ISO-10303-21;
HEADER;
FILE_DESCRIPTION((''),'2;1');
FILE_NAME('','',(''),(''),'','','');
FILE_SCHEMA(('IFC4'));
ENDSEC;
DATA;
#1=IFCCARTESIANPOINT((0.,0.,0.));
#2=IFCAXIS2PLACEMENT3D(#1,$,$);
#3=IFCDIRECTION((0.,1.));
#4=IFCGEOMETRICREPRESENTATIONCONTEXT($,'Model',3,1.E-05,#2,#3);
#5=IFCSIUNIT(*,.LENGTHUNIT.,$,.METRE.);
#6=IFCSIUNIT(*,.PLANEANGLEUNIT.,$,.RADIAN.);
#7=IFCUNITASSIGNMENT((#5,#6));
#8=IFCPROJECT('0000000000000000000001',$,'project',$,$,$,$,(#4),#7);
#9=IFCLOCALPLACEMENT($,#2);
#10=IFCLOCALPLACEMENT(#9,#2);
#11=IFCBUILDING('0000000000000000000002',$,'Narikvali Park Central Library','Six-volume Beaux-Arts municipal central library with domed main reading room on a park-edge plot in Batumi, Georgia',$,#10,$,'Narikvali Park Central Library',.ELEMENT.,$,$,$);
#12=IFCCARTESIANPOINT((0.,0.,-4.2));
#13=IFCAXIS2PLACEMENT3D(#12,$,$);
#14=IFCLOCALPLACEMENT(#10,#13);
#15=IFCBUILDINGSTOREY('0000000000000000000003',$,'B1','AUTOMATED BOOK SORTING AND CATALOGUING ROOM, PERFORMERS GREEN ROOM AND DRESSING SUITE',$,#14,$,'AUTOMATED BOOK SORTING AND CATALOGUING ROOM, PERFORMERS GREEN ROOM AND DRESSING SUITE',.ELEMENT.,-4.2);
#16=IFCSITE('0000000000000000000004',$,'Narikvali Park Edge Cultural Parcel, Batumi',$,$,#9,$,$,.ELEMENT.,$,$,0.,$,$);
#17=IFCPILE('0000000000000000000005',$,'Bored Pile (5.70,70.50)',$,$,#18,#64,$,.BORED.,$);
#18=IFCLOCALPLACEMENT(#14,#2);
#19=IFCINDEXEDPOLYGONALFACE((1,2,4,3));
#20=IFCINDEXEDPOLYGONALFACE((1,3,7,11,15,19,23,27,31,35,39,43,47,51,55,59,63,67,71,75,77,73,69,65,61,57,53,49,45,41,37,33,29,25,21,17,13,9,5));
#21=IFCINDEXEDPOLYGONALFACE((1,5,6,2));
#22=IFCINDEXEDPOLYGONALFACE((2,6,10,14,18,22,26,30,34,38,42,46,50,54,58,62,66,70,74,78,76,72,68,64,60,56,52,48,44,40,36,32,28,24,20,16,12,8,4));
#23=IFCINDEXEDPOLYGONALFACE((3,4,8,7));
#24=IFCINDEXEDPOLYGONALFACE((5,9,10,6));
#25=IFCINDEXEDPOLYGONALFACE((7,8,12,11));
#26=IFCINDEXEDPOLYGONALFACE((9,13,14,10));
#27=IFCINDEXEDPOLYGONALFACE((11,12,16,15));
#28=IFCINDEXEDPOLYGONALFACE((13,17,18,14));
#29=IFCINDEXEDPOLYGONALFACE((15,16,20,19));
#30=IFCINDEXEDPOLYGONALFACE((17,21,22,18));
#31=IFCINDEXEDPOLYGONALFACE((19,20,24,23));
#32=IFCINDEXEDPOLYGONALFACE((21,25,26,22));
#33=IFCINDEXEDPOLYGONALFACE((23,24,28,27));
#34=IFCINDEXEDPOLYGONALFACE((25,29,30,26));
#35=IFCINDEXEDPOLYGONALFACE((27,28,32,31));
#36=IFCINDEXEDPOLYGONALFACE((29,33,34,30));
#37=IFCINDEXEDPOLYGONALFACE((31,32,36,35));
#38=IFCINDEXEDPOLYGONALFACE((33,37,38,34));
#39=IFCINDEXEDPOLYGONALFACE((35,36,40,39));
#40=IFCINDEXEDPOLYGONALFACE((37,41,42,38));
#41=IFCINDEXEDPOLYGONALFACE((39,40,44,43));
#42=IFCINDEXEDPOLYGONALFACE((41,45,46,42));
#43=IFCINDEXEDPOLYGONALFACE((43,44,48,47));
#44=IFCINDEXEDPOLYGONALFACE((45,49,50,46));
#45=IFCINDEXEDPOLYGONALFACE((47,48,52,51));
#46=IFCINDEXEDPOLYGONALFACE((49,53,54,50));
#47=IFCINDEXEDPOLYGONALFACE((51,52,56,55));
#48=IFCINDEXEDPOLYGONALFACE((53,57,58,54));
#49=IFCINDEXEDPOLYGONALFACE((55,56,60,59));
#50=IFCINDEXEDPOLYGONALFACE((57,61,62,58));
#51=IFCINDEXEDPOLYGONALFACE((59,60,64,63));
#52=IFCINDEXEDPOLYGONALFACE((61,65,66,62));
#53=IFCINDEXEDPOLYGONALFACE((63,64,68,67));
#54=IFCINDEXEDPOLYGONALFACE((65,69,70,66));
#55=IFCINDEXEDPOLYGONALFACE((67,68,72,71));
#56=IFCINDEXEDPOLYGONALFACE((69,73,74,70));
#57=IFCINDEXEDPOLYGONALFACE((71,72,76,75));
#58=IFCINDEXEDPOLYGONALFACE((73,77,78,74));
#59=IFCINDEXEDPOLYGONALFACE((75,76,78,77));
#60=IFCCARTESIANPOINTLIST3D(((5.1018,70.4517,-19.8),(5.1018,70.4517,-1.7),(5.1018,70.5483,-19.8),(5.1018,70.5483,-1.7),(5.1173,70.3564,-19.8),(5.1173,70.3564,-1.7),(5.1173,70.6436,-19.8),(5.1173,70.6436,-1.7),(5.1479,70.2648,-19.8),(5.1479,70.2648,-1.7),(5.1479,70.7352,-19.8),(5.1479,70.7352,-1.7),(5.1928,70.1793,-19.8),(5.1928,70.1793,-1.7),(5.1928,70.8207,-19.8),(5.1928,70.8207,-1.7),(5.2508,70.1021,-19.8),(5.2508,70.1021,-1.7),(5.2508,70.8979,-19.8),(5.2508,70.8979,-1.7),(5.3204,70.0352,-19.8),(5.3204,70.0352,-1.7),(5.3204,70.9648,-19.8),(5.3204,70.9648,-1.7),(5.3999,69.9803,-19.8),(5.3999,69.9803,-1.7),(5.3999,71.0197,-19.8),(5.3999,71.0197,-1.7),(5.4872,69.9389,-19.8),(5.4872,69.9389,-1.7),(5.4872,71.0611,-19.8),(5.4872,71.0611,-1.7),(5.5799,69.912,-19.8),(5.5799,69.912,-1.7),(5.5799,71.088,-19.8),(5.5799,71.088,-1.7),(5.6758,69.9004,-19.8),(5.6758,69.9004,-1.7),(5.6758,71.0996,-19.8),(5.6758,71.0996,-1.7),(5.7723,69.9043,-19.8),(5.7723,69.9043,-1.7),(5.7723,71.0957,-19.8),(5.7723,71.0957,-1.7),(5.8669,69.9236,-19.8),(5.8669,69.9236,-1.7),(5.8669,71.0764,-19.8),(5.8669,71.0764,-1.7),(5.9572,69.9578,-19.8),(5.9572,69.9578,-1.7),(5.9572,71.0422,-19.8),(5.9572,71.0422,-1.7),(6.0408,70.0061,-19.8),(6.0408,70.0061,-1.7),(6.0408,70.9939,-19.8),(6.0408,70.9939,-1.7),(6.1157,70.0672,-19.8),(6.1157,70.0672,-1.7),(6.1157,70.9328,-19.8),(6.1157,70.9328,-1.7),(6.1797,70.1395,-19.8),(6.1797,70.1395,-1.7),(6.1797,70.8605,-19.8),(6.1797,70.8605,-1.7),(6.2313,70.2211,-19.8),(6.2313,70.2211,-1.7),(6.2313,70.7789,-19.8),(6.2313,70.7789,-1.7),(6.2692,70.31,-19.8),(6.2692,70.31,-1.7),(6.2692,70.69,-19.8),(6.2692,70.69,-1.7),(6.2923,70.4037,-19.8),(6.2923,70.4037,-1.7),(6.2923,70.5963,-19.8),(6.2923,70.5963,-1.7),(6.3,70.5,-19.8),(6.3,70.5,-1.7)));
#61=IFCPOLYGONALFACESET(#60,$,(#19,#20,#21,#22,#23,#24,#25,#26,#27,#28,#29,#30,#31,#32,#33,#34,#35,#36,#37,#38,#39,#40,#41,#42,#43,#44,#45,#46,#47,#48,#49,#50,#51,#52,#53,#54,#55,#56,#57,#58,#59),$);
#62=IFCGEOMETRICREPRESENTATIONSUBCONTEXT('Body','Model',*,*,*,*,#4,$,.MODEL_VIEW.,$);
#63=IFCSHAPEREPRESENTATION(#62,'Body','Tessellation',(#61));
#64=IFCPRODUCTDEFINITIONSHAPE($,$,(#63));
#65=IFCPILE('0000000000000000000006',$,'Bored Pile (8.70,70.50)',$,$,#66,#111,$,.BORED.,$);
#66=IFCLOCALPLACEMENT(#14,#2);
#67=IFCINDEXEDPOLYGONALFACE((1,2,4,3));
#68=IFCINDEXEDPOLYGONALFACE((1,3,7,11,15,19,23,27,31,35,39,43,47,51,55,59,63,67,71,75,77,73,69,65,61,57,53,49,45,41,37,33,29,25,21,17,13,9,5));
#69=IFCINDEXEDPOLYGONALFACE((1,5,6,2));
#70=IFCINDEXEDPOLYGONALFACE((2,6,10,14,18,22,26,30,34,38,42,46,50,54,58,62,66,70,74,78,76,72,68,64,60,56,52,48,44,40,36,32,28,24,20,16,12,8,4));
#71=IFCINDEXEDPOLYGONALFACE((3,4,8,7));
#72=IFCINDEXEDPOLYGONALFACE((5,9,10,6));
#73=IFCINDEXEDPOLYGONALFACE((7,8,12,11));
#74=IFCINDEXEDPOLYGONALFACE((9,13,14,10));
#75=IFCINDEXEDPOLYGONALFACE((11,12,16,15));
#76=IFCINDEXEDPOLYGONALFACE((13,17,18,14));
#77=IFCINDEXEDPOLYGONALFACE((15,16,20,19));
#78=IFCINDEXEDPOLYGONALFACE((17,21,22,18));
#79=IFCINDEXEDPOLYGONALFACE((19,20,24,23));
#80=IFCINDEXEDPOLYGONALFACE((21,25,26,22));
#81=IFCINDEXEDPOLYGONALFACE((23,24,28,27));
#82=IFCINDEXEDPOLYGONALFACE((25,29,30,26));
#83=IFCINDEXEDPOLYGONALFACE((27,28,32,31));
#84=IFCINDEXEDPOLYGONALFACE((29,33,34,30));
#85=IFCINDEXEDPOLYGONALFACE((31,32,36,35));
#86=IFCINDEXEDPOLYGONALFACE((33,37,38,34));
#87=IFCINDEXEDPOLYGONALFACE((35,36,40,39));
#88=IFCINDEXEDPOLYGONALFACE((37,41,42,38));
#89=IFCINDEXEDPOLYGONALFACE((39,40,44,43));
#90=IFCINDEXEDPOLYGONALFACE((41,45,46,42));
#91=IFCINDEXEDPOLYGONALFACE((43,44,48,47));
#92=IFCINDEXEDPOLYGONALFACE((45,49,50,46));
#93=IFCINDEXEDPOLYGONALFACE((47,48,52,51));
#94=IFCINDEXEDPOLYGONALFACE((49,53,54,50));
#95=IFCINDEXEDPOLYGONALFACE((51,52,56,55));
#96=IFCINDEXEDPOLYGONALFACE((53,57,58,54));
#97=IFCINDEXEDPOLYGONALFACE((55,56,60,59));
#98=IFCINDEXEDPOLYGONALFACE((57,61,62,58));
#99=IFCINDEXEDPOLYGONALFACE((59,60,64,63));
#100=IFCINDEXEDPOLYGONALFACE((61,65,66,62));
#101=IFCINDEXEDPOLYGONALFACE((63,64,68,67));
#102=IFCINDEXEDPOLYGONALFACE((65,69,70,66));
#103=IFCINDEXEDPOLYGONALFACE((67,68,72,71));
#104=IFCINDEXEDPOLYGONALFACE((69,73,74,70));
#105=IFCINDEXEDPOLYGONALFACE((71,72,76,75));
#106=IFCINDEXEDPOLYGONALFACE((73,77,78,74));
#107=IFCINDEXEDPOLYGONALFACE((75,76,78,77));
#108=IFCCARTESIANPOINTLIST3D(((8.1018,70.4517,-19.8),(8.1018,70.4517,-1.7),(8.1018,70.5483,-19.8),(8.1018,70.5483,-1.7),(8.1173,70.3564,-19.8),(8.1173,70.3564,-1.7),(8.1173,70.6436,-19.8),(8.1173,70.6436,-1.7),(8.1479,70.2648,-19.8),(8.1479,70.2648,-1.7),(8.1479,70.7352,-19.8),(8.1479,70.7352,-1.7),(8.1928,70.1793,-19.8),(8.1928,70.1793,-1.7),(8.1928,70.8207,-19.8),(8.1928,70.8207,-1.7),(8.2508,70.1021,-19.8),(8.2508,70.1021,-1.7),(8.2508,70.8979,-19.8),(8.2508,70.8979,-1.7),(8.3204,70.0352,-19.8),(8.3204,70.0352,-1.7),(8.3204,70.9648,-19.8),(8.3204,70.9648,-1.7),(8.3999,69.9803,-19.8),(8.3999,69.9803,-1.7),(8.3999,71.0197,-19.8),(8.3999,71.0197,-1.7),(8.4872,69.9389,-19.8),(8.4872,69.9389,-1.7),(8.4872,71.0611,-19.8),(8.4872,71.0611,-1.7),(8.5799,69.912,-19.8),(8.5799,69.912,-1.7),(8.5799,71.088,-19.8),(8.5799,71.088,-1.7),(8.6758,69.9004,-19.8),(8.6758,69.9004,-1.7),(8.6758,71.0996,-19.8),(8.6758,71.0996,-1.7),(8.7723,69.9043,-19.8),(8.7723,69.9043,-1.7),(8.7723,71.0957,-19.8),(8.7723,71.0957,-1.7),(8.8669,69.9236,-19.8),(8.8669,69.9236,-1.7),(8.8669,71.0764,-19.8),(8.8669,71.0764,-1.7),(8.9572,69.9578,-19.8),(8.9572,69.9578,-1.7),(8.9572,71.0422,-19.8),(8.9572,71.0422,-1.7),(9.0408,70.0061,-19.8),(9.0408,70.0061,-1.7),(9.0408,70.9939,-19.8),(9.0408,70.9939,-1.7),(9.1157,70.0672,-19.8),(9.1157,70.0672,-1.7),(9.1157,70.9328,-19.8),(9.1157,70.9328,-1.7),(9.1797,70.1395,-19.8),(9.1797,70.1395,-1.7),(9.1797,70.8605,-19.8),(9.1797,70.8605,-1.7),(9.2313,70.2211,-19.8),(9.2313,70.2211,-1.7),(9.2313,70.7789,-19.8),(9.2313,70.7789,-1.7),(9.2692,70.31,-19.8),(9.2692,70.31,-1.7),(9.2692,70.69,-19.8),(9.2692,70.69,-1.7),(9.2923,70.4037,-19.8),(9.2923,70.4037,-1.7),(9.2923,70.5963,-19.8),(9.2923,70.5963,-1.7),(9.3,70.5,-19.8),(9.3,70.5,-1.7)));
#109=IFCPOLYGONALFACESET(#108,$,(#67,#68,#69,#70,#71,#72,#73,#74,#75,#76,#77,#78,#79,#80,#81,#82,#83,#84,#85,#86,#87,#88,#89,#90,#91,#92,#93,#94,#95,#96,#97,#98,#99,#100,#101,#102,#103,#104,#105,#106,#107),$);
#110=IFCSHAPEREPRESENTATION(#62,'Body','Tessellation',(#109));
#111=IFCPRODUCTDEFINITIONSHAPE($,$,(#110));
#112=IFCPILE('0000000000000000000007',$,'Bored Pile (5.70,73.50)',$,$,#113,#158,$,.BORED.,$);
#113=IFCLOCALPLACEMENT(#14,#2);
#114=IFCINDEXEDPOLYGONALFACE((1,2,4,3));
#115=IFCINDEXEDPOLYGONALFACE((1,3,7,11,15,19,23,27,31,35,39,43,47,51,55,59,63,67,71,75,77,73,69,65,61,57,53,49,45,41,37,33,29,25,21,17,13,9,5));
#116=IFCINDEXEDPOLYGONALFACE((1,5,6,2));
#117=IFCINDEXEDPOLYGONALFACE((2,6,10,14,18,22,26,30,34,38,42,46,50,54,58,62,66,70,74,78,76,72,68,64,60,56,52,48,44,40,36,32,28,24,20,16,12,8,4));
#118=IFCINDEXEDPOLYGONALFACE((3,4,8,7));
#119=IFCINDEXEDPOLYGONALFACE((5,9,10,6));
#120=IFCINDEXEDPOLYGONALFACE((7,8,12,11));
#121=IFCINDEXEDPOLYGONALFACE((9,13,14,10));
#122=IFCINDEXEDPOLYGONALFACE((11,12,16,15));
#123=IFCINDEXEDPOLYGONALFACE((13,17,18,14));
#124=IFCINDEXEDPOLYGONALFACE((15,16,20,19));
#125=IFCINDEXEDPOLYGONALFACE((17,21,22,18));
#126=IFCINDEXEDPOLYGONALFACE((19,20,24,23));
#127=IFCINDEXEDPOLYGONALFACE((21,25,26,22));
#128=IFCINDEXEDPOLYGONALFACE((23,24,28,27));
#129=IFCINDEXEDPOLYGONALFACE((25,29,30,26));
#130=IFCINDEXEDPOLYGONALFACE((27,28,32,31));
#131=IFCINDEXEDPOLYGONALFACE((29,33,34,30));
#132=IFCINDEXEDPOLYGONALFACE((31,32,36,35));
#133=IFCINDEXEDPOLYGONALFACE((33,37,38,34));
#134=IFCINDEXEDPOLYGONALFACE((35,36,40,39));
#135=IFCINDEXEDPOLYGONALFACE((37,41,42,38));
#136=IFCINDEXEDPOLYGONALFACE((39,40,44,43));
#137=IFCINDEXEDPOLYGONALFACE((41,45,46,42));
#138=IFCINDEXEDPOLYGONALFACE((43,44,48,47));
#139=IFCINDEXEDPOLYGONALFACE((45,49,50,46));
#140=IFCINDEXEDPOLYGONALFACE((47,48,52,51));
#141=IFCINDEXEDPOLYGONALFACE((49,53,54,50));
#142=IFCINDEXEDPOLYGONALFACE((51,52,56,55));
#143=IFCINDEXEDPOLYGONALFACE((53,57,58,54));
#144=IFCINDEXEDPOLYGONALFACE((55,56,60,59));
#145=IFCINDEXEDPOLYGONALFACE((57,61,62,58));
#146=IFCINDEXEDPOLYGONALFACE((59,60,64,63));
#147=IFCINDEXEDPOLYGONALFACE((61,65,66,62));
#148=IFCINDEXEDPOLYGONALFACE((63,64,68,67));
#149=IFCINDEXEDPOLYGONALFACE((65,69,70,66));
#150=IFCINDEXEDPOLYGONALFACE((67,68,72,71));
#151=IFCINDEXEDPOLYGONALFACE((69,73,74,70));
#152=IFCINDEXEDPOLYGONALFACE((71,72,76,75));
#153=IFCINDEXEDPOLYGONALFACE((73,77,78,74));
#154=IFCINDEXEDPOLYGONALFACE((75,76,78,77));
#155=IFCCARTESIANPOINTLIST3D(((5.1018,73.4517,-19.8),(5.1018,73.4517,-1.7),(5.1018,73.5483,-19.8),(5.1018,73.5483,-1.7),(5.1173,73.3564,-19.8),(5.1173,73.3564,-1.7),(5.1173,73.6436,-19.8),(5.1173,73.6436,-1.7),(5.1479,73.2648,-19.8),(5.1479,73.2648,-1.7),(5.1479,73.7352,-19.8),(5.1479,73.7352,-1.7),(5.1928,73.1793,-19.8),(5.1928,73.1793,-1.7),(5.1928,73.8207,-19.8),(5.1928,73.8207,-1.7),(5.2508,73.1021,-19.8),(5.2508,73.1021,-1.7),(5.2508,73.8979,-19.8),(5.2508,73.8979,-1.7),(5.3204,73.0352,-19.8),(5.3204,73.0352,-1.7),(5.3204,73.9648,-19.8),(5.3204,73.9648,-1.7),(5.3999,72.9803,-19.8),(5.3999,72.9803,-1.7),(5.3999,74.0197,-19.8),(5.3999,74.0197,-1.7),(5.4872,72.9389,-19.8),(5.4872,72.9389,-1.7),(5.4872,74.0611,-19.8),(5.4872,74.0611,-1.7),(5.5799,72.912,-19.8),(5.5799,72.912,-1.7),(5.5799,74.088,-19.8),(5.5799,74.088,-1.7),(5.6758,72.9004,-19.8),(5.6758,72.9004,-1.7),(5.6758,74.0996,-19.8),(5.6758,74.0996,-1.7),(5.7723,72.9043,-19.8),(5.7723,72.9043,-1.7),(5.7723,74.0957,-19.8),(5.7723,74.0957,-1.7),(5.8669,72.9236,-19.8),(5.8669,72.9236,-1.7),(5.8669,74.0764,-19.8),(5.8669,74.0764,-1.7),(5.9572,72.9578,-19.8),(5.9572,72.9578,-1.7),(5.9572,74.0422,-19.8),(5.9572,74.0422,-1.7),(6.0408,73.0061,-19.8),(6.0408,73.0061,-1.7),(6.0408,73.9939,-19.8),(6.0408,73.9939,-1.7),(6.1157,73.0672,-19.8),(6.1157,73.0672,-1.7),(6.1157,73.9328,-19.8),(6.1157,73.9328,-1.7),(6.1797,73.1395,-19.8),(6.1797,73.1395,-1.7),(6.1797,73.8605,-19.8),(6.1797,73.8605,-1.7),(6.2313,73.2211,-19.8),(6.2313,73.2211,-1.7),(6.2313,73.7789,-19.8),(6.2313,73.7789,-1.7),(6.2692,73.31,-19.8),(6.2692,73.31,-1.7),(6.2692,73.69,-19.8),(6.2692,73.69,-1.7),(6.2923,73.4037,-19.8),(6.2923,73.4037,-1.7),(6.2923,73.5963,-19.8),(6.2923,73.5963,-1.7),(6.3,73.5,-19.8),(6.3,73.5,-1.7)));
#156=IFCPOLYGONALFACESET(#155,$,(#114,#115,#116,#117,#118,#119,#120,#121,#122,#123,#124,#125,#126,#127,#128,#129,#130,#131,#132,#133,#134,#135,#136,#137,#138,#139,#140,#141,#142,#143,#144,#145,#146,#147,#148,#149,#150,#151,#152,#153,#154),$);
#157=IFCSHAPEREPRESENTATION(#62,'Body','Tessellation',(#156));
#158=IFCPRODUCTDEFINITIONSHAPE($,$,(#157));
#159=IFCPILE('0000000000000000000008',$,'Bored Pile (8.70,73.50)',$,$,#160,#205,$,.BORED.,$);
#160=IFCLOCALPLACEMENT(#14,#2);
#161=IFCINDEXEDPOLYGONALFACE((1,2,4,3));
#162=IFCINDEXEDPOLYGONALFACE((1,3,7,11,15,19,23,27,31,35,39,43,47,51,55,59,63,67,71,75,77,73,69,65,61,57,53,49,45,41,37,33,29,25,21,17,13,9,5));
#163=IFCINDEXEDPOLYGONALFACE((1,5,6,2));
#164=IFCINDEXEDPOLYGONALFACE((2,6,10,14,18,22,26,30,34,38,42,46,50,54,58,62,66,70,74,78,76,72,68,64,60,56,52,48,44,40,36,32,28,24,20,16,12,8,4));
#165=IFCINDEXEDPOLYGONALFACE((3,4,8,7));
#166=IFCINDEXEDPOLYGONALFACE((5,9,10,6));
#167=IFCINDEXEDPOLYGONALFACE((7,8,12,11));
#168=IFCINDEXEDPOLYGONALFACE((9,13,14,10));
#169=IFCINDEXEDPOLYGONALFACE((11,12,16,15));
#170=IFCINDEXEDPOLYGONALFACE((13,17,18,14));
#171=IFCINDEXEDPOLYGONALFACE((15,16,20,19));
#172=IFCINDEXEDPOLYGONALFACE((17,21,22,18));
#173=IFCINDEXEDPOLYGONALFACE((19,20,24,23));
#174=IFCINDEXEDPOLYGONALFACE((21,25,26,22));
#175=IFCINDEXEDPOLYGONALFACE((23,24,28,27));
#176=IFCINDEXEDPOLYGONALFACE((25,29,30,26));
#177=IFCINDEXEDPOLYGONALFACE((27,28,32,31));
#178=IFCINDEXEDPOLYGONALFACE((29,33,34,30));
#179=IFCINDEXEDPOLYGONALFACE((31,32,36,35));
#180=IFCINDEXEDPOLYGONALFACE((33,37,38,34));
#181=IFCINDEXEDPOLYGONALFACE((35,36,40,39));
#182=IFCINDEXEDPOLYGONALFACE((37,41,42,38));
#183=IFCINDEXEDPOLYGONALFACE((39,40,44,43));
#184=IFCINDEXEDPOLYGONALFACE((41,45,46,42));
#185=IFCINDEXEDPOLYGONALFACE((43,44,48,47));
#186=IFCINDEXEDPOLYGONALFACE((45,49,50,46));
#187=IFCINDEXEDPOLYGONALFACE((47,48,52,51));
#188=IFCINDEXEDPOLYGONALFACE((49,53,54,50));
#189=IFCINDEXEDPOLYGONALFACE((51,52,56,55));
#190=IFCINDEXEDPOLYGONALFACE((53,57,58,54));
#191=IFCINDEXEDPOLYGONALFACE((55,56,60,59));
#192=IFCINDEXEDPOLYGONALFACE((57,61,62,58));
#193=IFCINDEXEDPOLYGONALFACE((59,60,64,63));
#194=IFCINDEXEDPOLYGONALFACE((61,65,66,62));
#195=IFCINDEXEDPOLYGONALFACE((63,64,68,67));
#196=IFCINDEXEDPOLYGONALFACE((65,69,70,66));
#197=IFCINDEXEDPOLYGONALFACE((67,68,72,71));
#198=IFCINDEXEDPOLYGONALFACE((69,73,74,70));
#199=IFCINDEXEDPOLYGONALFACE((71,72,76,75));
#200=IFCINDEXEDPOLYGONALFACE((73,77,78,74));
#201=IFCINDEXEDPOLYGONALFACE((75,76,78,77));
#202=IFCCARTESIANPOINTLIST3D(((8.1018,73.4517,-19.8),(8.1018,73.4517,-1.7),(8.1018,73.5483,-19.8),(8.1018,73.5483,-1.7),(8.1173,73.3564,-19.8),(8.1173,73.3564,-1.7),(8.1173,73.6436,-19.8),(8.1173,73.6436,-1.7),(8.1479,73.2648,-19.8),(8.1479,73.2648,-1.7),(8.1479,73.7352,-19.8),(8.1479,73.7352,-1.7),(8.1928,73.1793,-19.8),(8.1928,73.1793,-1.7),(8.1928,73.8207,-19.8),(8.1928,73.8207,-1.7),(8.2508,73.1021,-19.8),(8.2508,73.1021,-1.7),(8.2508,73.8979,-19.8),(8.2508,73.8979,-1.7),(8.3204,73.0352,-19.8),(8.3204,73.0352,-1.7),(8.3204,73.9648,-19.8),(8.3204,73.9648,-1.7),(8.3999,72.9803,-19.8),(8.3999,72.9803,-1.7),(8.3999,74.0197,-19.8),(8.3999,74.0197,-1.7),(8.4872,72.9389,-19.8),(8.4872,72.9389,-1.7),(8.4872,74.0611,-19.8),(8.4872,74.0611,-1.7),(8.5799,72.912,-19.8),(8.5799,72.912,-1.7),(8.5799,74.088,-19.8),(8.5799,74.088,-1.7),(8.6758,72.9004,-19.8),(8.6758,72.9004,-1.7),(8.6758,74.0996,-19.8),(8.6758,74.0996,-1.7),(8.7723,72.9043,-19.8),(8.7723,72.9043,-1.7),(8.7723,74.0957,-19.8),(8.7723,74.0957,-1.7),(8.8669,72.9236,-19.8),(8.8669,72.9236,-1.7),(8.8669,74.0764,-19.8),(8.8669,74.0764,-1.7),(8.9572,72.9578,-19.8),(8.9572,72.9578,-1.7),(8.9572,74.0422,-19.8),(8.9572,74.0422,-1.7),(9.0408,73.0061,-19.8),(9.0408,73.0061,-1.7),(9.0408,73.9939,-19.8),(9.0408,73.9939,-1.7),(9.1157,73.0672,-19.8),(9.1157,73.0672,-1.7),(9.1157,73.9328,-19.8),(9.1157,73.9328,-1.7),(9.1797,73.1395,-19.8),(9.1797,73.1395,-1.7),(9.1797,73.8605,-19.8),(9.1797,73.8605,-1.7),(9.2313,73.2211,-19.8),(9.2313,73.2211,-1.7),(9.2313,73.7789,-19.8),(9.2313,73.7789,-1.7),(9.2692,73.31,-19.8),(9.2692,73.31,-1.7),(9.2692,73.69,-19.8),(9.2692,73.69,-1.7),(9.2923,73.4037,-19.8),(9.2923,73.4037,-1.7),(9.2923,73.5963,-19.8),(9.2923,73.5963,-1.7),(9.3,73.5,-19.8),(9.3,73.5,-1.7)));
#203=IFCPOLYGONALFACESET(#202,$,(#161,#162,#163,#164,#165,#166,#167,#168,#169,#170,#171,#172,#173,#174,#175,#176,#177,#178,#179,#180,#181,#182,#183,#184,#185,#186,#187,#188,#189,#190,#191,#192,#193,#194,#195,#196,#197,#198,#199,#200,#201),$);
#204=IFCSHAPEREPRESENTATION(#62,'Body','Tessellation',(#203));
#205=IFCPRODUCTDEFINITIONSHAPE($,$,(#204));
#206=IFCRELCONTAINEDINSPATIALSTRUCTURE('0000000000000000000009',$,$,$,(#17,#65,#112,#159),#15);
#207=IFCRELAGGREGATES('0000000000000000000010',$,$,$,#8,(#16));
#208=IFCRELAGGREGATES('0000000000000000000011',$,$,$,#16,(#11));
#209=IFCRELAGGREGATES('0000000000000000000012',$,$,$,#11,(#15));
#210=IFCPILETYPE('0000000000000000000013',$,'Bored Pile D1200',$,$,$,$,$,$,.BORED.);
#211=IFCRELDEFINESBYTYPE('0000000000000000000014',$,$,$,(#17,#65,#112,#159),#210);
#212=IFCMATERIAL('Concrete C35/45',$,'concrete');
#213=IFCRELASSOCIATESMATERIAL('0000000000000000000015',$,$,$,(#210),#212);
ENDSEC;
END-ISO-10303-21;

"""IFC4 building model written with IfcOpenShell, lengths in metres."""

from ifc_helpers import new_model, si_unit, direction, frame, origin, origin_2d, place, context, subcontext, project, spatial, circle, extrude, material, material_profile, profile_set, type_object, element, save


model = new_model("IFC4")

# Units and contexts
model_context = context("Model", 3, precision=1e-05, world=origin(), true_north=direction((0.0, 1.0)))
body_context = subcontext(model_context, "Body", "Model", "MODEL_VIEW")
ifc_project = project(units=[si_unit("LENGTHUNIT", "METRE"), si_unit("PLANEANGLEUNIT", "RADIAN")], contexts=[model_context])

# Site, building, storey
site_placement = place(None, origin())
site = spatial("IfcSite", under=ifc_project, at=site_placement, Name="Narikvali Park Edge Cultural Parcel, Batumi", CompositionType="ELEMENT", RefElevation=0.0)
building_placement = place(site_placement, origin())
building = spatial("IfcBuilding", under=site, at=building_placement, Name="Narikvali Park Central Library", Description="Six-volume Beaux-Arts municipal central library with domed main reading room on a park-edge plot in Batumi, Georgia", LongName="Narikvali Park Central Library", CompositionType="ELEMENT")
storey_placement = place(building_placement, frame((0.0, 0.0, -4.2)))
storey = spatial("IfcBuildingStorey", under=building, at=storey_placement, Name="B1", Description="AUTOMATED BOOK SORTING AND CATALOGUING ROOM, PERFORMERS GREEN ROOM AND DRESSING SUITE", LongName="AUTOMATED BOOK SORTING AND CATALOGUING ROOM, PERFORMERS GREEN ROOM AND DRESSING SUITE", CompositionType="ELEMENT", Elevation=-4.2)

# Piles
ifc_material_1 = material(Name="Concrete C35/45", Category="concrete")
ifc_material_profile_1 = material_profile(ifc_material_1, circle(Radius=0.6001, at=origin_2d()), Name="PILE D1200")
ifc_profile_set_1 = profile_set([ifc_material_profile_1], Name="Concrete C35/45")
pile_type = type_object("IfcPileType", Name="Bored Pile D1200", PredefinedType="BORED", material=ifc_profile_set_1)
for number, where, z_axis, x_axis, name in (
    (1, (5.7, 70.5, -1.7), (0.0, 0.0, -1.0), (1.0, 0.0, 0.0), "Bored Pile (5.70,70.50)"),
    (2, (8.7, 70.5, -1.7), (0.0, 0.0, -1.0), (1.0, 0.0, 0.0), "Bored Pile (8.70,70.50)"),
    (3, (5.7, 73.5, -1.7), (0.0, 0.0, -1.0), (1.0, 0.0, 0.0), "Bored Pile (5.70,73.50)"),
    (4, (8.7, 73.5, -1.7), (0.0, 0.0, -1.0), (1.0, 0.0, 0.0), "Bored Pile (8.70,73.50)"),
):
    element("IfcPile", number, at=place(storey_placement, frame(where, z_axis=z_axis, x_axis=x_axis)), inside=storey, type_object=pile_type, Name=name, PredefinedType="BORED", context=body_context, shape_type="SweptSolid", body=[
        extrude(circle(Radius=0.6001, at=origin_2d()), origin(), (0.0, 0.0, 1.0), 18.1001),
    ])

save(model, "model.ifc")
